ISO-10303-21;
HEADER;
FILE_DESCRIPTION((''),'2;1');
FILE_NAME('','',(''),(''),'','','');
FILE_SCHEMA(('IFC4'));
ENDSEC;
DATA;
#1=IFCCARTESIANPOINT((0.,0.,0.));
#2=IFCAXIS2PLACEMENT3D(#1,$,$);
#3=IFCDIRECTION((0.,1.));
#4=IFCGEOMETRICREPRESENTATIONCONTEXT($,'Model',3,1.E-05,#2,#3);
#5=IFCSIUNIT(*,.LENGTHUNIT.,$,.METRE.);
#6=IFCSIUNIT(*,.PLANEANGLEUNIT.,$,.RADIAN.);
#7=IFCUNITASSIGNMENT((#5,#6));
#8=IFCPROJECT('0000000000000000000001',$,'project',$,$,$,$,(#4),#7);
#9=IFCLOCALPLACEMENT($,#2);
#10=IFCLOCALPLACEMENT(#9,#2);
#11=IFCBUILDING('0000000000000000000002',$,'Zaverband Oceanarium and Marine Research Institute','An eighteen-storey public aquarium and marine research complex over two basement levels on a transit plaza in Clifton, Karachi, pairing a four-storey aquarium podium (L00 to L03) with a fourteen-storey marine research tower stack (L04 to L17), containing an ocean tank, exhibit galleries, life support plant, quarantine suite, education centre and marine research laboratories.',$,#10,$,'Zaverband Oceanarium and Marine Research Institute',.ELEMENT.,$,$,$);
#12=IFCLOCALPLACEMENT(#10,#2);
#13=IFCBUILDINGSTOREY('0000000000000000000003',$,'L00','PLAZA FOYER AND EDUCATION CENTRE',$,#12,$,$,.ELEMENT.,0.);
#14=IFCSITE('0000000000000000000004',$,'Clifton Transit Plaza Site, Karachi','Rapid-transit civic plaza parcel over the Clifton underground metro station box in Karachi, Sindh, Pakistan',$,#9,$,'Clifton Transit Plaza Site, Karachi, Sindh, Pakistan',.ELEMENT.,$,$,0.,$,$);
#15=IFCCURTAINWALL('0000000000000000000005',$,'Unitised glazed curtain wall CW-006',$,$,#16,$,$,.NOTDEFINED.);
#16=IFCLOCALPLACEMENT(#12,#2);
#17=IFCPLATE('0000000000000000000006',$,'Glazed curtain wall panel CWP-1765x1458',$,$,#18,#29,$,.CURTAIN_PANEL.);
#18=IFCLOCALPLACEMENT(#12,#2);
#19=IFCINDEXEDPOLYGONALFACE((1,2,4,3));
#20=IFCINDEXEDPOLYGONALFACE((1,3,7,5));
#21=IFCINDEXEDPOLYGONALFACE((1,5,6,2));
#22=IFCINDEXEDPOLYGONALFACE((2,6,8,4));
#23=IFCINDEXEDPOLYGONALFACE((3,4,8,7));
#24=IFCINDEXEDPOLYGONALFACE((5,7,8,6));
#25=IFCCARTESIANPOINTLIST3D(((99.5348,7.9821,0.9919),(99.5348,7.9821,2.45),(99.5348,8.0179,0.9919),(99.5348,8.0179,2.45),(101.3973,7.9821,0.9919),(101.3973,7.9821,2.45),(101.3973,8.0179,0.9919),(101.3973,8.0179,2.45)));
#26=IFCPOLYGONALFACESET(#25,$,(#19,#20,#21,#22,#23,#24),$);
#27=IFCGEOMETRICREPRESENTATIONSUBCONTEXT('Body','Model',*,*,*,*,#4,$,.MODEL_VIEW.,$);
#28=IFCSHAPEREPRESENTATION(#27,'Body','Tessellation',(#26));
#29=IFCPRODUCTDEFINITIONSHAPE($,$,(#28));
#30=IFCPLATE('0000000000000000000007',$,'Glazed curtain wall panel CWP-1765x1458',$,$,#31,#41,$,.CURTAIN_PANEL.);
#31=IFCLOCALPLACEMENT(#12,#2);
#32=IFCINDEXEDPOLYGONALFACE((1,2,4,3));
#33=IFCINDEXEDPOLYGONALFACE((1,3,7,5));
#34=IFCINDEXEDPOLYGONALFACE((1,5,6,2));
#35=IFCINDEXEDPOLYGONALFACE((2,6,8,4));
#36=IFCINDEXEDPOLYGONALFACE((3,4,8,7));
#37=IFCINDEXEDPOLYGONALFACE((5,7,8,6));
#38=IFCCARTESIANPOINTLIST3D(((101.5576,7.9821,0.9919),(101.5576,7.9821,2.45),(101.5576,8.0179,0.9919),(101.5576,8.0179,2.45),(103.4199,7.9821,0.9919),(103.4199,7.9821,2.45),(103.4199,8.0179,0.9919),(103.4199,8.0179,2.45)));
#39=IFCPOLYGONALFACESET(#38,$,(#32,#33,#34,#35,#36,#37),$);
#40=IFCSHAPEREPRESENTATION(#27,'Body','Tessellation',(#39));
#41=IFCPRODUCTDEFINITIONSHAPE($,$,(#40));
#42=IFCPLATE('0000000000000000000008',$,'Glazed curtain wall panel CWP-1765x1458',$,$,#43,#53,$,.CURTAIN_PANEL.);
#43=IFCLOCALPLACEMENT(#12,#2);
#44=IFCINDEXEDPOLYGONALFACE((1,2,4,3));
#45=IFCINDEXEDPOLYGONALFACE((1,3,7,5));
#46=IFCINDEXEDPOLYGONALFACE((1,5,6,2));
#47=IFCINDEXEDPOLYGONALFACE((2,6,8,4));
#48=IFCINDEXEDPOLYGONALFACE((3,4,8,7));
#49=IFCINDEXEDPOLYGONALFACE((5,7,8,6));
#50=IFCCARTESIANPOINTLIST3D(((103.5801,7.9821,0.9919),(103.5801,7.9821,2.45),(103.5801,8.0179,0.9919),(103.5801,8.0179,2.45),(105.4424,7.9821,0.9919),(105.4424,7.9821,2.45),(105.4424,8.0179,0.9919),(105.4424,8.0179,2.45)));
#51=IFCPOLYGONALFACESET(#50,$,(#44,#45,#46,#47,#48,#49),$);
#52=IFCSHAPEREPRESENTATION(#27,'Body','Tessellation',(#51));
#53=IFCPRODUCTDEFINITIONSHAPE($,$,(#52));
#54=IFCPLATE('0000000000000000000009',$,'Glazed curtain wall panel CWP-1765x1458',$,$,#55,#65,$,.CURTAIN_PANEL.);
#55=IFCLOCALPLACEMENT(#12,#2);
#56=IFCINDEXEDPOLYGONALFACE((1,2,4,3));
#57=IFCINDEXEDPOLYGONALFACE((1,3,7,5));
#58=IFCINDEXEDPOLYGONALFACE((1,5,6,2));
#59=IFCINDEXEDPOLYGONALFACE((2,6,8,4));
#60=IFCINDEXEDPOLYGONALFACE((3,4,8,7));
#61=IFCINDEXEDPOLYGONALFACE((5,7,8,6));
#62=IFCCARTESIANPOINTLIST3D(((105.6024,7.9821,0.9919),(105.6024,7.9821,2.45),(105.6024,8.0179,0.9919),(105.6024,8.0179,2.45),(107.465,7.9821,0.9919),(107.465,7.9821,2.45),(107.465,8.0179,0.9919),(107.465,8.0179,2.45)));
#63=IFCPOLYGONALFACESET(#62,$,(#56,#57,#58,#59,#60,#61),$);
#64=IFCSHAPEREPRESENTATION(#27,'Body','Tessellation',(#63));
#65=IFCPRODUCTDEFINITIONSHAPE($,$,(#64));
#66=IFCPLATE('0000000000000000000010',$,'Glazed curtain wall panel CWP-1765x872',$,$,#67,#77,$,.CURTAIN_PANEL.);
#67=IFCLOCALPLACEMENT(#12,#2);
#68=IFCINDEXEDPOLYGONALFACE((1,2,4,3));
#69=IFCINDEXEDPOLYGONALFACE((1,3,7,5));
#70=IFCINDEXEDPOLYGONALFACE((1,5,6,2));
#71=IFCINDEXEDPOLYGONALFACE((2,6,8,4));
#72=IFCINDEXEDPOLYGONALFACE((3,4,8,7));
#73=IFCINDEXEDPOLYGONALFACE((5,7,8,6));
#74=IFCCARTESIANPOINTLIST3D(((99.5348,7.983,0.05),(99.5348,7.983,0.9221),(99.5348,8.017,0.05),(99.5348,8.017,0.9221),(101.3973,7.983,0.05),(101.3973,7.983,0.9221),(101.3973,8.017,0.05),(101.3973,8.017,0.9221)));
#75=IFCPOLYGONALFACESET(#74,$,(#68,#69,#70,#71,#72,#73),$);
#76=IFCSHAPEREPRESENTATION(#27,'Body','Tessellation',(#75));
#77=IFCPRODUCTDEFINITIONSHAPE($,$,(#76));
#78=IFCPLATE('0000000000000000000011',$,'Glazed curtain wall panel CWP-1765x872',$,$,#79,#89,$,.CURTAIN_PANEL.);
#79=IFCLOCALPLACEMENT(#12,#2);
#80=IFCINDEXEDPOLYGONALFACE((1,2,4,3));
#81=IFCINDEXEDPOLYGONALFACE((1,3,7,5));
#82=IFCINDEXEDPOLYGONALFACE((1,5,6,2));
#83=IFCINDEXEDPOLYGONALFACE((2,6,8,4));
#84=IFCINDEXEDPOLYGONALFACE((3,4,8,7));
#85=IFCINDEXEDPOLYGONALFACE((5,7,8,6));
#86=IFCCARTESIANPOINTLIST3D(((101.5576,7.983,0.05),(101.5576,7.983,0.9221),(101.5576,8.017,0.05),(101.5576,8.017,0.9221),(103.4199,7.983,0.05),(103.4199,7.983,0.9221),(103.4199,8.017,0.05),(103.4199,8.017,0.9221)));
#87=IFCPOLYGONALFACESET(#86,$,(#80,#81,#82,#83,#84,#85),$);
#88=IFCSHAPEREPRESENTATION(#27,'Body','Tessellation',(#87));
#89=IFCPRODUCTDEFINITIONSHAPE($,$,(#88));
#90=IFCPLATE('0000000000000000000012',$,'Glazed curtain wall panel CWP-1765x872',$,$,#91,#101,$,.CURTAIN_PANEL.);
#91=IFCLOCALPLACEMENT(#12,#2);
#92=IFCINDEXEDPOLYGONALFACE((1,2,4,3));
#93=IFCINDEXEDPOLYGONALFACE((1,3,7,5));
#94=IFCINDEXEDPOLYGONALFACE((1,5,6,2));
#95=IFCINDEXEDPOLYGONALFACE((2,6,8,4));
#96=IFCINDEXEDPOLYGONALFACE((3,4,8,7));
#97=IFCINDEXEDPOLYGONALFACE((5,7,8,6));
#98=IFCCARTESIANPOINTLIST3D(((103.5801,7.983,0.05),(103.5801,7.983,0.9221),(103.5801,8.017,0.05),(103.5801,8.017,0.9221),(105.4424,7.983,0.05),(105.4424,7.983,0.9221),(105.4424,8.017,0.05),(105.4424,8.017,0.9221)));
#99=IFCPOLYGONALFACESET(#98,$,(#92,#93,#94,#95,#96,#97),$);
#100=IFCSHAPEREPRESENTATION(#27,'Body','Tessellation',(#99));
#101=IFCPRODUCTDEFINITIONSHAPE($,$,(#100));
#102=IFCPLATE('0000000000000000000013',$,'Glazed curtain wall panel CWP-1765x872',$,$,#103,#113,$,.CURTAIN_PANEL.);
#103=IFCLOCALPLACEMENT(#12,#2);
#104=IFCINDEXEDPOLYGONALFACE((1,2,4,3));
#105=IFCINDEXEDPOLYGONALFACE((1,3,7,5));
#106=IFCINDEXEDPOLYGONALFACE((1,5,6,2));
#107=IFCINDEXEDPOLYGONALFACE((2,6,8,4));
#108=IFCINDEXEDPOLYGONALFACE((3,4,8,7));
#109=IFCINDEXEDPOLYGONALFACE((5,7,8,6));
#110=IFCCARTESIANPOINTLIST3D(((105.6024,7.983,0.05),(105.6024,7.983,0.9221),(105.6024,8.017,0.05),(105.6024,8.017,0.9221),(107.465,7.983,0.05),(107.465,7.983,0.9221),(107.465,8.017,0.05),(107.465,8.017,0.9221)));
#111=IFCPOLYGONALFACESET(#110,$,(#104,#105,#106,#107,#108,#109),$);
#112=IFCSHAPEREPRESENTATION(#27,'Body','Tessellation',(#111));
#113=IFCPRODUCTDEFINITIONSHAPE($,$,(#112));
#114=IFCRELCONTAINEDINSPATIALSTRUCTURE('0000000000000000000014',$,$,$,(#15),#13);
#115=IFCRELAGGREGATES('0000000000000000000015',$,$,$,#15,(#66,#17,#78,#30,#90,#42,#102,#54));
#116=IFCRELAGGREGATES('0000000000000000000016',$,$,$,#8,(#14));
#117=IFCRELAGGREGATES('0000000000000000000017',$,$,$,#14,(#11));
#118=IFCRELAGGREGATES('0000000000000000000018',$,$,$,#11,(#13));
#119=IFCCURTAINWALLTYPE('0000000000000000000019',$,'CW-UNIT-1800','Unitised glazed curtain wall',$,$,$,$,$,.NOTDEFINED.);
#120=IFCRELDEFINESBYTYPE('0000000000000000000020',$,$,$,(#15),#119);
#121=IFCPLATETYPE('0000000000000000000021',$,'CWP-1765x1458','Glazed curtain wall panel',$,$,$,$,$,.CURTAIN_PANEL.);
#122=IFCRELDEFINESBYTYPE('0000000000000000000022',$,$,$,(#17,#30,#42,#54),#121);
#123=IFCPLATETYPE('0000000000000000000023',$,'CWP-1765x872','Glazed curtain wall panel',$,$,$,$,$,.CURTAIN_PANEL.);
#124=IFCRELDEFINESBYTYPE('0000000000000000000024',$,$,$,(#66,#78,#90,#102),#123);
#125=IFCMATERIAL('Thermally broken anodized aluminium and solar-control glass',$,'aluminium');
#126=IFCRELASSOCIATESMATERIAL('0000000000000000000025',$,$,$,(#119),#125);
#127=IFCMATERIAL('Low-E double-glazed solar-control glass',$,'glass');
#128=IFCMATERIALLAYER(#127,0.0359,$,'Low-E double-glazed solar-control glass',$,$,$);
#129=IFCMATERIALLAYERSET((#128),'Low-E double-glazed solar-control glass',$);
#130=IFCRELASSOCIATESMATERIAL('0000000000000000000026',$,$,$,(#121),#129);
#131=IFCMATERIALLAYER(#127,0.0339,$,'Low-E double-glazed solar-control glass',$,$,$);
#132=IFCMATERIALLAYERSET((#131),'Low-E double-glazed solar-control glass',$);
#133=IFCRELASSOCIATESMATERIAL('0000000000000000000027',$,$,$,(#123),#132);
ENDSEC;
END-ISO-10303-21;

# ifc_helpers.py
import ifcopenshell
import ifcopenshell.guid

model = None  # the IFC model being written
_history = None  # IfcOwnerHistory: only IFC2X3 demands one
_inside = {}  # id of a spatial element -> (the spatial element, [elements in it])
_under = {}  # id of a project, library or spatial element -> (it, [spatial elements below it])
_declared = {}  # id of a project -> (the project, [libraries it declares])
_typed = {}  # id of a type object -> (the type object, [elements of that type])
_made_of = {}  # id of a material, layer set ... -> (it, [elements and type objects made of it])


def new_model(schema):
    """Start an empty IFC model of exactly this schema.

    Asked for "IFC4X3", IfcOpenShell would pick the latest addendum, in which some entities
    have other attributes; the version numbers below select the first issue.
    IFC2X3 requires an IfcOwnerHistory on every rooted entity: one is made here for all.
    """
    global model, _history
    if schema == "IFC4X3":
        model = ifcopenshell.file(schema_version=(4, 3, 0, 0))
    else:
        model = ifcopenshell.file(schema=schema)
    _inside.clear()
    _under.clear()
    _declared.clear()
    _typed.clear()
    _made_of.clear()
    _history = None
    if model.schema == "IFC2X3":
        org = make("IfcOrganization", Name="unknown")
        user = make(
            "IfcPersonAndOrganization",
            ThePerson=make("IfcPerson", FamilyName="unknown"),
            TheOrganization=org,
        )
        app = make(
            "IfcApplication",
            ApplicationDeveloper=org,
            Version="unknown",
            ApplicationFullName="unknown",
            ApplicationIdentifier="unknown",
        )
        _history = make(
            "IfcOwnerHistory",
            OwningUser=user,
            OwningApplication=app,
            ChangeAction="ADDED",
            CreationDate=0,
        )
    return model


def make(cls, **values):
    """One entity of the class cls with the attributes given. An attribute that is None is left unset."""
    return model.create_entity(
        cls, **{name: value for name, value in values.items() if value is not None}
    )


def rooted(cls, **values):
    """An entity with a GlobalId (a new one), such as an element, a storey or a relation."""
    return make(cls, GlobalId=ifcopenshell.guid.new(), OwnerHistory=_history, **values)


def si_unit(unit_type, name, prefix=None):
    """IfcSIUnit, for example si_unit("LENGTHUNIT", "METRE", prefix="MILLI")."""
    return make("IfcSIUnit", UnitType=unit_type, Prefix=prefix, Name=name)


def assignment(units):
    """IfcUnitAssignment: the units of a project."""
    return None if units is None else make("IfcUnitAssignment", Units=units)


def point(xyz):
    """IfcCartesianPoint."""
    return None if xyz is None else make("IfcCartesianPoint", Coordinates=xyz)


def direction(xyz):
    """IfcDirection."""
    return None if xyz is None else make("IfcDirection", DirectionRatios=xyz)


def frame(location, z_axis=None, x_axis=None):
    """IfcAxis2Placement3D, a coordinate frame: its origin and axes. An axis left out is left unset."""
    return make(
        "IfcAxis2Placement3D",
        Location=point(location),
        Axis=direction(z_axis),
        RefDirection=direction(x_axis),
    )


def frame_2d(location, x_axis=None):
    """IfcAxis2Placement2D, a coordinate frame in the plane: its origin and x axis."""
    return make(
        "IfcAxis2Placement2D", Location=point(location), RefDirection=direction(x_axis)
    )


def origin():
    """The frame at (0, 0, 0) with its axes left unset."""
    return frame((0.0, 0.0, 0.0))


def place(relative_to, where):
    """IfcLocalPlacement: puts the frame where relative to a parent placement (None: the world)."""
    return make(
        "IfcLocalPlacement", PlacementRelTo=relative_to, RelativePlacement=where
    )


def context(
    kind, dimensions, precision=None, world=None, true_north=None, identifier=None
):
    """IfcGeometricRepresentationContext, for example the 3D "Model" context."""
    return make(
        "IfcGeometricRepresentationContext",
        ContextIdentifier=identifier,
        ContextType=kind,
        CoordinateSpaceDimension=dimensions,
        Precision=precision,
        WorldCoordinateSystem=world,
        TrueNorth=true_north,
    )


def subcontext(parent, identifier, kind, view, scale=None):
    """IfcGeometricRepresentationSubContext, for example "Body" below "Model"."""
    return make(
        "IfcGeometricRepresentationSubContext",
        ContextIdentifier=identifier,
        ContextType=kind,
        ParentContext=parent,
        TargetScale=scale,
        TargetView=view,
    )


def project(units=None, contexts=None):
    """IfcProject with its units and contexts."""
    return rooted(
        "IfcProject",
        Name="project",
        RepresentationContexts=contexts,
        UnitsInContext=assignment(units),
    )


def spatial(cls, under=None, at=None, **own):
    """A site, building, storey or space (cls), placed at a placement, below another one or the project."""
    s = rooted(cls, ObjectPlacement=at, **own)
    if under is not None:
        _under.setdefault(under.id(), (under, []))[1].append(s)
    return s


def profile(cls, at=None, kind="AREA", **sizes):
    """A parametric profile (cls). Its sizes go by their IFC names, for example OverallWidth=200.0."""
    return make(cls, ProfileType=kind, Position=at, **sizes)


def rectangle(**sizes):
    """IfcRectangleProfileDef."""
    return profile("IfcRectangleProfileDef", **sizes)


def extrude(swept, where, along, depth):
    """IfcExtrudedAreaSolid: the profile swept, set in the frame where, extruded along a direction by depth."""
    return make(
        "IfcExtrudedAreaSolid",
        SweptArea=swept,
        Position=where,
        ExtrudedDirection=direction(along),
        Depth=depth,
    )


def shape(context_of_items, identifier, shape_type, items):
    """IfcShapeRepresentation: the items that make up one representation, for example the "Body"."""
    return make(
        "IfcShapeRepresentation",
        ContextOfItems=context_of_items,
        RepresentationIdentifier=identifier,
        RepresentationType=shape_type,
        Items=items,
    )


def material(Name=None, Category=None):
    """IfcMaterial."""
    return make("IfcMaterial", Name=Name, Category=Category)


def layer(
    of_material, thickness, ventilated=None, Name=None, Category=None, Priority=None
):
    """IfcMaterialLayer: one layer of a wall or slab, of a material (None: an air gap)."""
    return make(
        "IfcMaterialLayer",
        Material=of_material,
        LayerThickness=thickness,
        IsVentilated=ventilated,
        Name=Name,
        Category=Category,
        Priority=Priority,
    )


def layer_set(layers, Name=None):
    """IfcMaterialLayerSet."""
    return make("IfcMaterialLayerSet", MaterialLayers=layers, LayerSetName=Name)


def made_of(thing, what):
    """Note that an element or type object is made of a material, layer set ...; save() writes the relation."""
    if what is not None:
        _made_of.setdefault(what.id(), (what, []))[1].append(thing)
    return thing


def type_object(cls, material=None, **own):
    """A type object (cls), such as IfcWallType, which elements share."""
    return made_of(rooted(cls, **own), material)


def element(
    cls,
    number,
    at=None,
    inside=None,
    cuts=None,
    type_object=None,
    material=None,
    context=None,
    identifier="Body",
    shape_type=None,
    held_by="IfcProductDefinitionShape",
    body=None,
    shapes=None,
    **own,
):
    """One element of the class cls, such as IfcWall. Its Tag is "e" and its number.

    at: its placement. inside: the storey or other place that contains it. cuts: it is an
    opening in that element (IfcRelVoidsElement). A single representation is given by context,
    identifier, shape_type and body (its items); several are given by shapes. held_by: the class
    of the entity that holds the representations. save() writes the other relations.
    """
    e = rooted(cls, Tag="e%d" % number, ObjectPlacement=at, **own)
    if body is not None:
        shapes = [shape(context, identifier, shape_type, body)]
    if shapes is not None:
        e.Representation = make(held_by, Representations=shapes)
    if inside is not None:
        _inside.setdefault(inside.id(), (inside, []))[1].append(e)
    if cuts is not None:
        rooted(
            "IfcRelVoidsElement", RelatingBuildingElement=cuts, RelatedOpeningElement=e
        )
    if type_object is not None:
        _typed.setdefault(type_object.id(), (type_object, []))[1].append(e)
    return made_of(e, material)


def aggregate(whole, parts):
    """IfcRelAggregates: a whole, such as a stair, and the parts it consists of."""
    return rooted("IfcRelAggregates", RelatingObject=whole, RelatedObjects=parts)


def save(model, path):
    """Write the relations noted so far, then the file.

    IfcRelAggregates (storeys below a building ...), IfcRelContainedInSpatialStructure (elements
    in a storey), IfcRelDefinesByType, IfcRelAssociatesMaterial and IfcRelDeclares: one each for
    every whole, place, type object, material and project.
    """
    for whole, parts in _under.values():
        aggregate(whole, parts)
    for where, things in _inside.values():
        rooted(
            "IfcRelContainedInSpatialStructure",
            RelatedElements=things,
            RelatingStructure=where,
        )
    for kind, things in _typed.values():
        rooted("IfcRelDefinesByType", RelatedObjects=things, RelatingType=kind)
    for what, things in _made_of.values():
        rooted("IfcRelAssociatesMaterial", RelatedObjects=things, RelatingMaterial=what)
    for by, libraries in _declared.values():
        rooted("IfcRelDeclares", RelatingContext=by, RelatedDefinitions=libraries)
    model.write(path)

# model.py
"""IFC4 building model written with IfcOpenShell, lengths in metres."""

from ifc_helpers import new_model, si_unit, direction, frame, frame_2d, origin, place, context, subcontext, project, spatial, rectangle, extrude, material, layer, layer_set, type_object, element, aggregate, save


model = new_model("IFC4")

# Units and contexts
model_context = context("Model", 3, precision=1e-05, world=origin(), true_north=direction((0.0, 1.0)))
body_context = subcontext(model_context, "Body", "Model", "MODEL_VIEW")
ifc_project = project(units=[si_unit("LENGTHUNIT", "METRE"), si_unit("PLANEANGLEUNIT", "RADIAN")], contexts=[model_context])

# Site, building, storey
site_placement = place(None, origin())
site = spatial("IfcSite", under=ifc_project, at=site_placement, Name="Clifton Transit Plaza Site, Karachi", Description="Rapid-transit civic plaza parcel over the Clifton underground metro station box in Karachi, Sindh, Pakistan", LongName="Clifton Transit Plaza Site, Karachi, Sindh, Pakistan", CompositionType="ELEMENT", RefElevation=0.0)
building_placement = place(site_placement, origin())
building = spatial("IfcBuilding", under=site, at=building_placement, Name="Zaverband Oceanarium and Marine Research Institute", Description="An eighteen-storey public aquarium and marine research complex over two basement levels on a transit plaza in Clifton, Karachi, pairing a four-storey aquarium podium (L00 to L03) with a fourteen-storey marine research tower stack (L04 to L17), containing an ocean tank, exhibit galleries, life support plant, quarantine suite, education centre and marine research laboratories.", LongName="Zaverband Oceanarium and Marine Research Institute", CompositionType="ELEMENT")
storey_placement = place(building_placement, origin())
storey = spatial("IfcBuildingStorey", under=building, at=storey_placement, Name="L00", Description="PLAZA FOYER AND EDUCATION CENTRE", CompositionType="ELEMENT", Elevation=0.0)

# Curtain wall
ifc_material_1 = material(Name="Thermally broken anodized aluminium and solar-control glass", Category="aluminium")
curtain_wall_type = type_object("IfcCurtainWallType", Name="CW-UNIT-1800", Description="Unitised glazed curtain wall", PredefinedType="NOTDEFINED", material=ifc_material_1)
curtain_wall_placement = place(storey_placement, origin())
curtain_wall = element("IfcCurtainWall", 1, at=curtain_wall_placement, inside=storey, type_object=curtain_wall_type, Name="Unitised glazed curtain wall CW-006", PredefinedType="NOTDEFINED")

# Plates
ifc_material_2 = material(Name="Low-E double-glazed solar-control glass", Category="glass")
ifc_layer_1 = layer(ifc_material_2, 0.0359, Name="Low-E double-glazed solar-control glass")
ifc_layer_set_1 = layer_set([ifc_layer_1], Name="Low-E double-glazed solar-control glass")
plate_type_1 = type_object("IfcPlateType", Name="CWP-1765x1458", Description="Glazed curtain wall panel", PredefinedType="CURTAIN_PANEL", material=ifc_layer_set_1)
plate_1_placement = place(storey_placement, frame((99.5349, 8.0, 0.9919), z_axis=(0.0, 0.0, 1.0), x_axis=(1.0, 0.0, 0.0)))
plate_1 = element("IfcPlate", 2, at=plate_1_placement, type_object=plate_type_1, Name="Glazed curtain wall panel CWP-1765x1458", PredefinedType="CURTAIN_PANEL", context=body_context, shape_type="SweptSolid", body=[
    extrude(rectangle(XDim=1.8625, YDim=0.0359, at=frame_2d((0.9312, 0.0))), origin(), (0.0, 0.0, 1.0), 1.458),
])
plate_2_placement = place(storey_placement, frame((101.5576, 8.0, 0.9919), z_axis=(0.0, 0.0, 1.0), x_axis=(1.0, 0.0, 0.0)))
plate_2 = element("IfcPlate", 3, at=plate_2_placement, type_object=plate_type_1, Name="Glazed curtain wall panel CWP-1765x1458", PredefinedType="CURTAIN_PANEL", context=body_context, shape_type="SweptSolid", body=[
    extrude(rectangle(XDim=1.8623, YDim=0.0359, at=frame_2d((0.9312, 0.0))), origin(), (0.0, 0.0, 1.0), 1.458),
])
plate_3_placement = place(storey_placement, frame((103.5801, 8.0, 0.9919), z_axis=(0.0, 0.0, 1.0), x_axis=(1.0, 0.0, 0.0)))
plate_3 = element("IfcPlate", 4, at=plate_3_placement, type_object=plate_type_1, Name="Glazed curtain wall panel CWP-1765x1458", PredefinedType="CURTAIN_PANEL", context=body_context, shape_type="SweptSolid", body=[
    extrude(rectangle(XDim=1.8623, YDim=0.0359, at=frame_2d((0.9312, 0.0))), origin(), (0.0, 0.0, 1.0), 1.458),
])
plate_4_placement = place(storey_placement, frame((105.6025, 8.0, 0.9919), z_axis=(0.0, 0.0, 1.0), x_axis=(1.0, 0.0, 0.0)))
plate_4 = element("IfcPlate", 5, at=plate_4_placement, type_object=plate_type_1, Name="Glazed curtain wall panel CWP-1765x1458", PredefinedType="CURTAIN_PANEL", context=body_context, shape_type="SweptSolid", body=[
    extrude(rectangle(XDim=1.8625, YDim=0.0359, at=frame_2d((0.9312, 0.0))), origin(), (0.0, 0.0, 1.0), 1.458),
])
ifc_layer_2 = layer(ifc_material_2, 0.0339, Name="Low-E double-glazed solar-control glass")
ifc_layer_set_2 = layer_set([ifc_layer_2], Name="Low-E double-glazed solar-control glass")
plate_type_2 = type_object("IfcPlateType", Name="CWP-1765x872", Description="Glazed curtain wall panel", PredefinedType="CURTAIN_PANEL", material=ifc_layer_set_2)
plate_5_placement = place(storey_placement, frame((99.5349, 8.0, 0.05), z_axis=(0.0, 0.0, 1.0), x_axis=(1.0, 0.0, 0.0)))
plate_5 = element("IfcPlate", 6, at=plate_5_placement, type_object=plate_type_2, Name="Glazed curtain wall panel CWP-1765x872", PredefinedType="CURTAIN_PANEL", context=body_context, shape_type="SweptSolid", body=[
    extrude(rectangle(XDim=1.8625, YDim=0.0339, at=frame_2d((0.9312, 0.0))), origin(), (0.0, 0.0, 1.0), 0.8721),
])
plate_6_placement = place(storey_placement, frame((101.5576, 8.0, 0.05), z_axis=(0.0, 0.0, 1.0), x_axis=(1.0, 0.0, 0.0)))
plate_6 = element("IfcPlate", 7, at=plate_6_placement, type_object=plate_type_2, Name="Glazed curtain wall panel CWP-1765x872", PredefinedType="CURTAIN_PANEL", context=body_context, shape_type="SweptSolid", body=[
    extrude(rectangle(XDim=1.8623, YDim=0.0339, at=frame_2d((0.9312, 0.0))), origin(), (0.0, 0.0, 1.0), 0.8721),
])
plate_7_placement = place(storey_placement, frame((103.5801, 8.0, 0.05), z_axis=(0.0, 0.0, 1.0), x_axis=(1.0, 0.0, 0.0)))
plate_7 = element("IfcPlate", 8, at=plate_7_placement, type_object=plate_type_2, Name="Glazed curtain wall panel CWP-1765x872", PredefinedType="CURTAIN_PANEL", context=body_context, shape_type="SweptSolid", body=[
    extrude(rectangle(XDim=1.8623, YDim=0.0339, at=frame_2d((0.9312, 0.0))), origin(), (0.0, 0.0, 1.0), 0.8721),
])
plate_8_placement = place(storey_placement, frame((105.6025, 8.0, 0.05), z_axis=(0.0, 0.0, 1.0), x_axis=(1.0, 0.0, 0.0)))
plate_8 = element("IfcPlate", 9, at=plate_8_placement, type_object=plate_type_2, Name="Glazed curtain wall panel CWP-1765x872", PredefinedType="CURTAIN_PANEL", context=body_context, shape_type="SweptSolid", body=[
    extrude(rectangle(XDim=1.8625, YDim=0.0339, at=frame_2d((0.9312, 0.0))), origin(), (0.0, 0.0, 1.0), 0.8721),
])
aggregate(curtain_wall, [plate_5, plate_1, plate_6, plate_2, plate_7, plate_3, plate_8, plate_4])

save(model, "model.ifc")
